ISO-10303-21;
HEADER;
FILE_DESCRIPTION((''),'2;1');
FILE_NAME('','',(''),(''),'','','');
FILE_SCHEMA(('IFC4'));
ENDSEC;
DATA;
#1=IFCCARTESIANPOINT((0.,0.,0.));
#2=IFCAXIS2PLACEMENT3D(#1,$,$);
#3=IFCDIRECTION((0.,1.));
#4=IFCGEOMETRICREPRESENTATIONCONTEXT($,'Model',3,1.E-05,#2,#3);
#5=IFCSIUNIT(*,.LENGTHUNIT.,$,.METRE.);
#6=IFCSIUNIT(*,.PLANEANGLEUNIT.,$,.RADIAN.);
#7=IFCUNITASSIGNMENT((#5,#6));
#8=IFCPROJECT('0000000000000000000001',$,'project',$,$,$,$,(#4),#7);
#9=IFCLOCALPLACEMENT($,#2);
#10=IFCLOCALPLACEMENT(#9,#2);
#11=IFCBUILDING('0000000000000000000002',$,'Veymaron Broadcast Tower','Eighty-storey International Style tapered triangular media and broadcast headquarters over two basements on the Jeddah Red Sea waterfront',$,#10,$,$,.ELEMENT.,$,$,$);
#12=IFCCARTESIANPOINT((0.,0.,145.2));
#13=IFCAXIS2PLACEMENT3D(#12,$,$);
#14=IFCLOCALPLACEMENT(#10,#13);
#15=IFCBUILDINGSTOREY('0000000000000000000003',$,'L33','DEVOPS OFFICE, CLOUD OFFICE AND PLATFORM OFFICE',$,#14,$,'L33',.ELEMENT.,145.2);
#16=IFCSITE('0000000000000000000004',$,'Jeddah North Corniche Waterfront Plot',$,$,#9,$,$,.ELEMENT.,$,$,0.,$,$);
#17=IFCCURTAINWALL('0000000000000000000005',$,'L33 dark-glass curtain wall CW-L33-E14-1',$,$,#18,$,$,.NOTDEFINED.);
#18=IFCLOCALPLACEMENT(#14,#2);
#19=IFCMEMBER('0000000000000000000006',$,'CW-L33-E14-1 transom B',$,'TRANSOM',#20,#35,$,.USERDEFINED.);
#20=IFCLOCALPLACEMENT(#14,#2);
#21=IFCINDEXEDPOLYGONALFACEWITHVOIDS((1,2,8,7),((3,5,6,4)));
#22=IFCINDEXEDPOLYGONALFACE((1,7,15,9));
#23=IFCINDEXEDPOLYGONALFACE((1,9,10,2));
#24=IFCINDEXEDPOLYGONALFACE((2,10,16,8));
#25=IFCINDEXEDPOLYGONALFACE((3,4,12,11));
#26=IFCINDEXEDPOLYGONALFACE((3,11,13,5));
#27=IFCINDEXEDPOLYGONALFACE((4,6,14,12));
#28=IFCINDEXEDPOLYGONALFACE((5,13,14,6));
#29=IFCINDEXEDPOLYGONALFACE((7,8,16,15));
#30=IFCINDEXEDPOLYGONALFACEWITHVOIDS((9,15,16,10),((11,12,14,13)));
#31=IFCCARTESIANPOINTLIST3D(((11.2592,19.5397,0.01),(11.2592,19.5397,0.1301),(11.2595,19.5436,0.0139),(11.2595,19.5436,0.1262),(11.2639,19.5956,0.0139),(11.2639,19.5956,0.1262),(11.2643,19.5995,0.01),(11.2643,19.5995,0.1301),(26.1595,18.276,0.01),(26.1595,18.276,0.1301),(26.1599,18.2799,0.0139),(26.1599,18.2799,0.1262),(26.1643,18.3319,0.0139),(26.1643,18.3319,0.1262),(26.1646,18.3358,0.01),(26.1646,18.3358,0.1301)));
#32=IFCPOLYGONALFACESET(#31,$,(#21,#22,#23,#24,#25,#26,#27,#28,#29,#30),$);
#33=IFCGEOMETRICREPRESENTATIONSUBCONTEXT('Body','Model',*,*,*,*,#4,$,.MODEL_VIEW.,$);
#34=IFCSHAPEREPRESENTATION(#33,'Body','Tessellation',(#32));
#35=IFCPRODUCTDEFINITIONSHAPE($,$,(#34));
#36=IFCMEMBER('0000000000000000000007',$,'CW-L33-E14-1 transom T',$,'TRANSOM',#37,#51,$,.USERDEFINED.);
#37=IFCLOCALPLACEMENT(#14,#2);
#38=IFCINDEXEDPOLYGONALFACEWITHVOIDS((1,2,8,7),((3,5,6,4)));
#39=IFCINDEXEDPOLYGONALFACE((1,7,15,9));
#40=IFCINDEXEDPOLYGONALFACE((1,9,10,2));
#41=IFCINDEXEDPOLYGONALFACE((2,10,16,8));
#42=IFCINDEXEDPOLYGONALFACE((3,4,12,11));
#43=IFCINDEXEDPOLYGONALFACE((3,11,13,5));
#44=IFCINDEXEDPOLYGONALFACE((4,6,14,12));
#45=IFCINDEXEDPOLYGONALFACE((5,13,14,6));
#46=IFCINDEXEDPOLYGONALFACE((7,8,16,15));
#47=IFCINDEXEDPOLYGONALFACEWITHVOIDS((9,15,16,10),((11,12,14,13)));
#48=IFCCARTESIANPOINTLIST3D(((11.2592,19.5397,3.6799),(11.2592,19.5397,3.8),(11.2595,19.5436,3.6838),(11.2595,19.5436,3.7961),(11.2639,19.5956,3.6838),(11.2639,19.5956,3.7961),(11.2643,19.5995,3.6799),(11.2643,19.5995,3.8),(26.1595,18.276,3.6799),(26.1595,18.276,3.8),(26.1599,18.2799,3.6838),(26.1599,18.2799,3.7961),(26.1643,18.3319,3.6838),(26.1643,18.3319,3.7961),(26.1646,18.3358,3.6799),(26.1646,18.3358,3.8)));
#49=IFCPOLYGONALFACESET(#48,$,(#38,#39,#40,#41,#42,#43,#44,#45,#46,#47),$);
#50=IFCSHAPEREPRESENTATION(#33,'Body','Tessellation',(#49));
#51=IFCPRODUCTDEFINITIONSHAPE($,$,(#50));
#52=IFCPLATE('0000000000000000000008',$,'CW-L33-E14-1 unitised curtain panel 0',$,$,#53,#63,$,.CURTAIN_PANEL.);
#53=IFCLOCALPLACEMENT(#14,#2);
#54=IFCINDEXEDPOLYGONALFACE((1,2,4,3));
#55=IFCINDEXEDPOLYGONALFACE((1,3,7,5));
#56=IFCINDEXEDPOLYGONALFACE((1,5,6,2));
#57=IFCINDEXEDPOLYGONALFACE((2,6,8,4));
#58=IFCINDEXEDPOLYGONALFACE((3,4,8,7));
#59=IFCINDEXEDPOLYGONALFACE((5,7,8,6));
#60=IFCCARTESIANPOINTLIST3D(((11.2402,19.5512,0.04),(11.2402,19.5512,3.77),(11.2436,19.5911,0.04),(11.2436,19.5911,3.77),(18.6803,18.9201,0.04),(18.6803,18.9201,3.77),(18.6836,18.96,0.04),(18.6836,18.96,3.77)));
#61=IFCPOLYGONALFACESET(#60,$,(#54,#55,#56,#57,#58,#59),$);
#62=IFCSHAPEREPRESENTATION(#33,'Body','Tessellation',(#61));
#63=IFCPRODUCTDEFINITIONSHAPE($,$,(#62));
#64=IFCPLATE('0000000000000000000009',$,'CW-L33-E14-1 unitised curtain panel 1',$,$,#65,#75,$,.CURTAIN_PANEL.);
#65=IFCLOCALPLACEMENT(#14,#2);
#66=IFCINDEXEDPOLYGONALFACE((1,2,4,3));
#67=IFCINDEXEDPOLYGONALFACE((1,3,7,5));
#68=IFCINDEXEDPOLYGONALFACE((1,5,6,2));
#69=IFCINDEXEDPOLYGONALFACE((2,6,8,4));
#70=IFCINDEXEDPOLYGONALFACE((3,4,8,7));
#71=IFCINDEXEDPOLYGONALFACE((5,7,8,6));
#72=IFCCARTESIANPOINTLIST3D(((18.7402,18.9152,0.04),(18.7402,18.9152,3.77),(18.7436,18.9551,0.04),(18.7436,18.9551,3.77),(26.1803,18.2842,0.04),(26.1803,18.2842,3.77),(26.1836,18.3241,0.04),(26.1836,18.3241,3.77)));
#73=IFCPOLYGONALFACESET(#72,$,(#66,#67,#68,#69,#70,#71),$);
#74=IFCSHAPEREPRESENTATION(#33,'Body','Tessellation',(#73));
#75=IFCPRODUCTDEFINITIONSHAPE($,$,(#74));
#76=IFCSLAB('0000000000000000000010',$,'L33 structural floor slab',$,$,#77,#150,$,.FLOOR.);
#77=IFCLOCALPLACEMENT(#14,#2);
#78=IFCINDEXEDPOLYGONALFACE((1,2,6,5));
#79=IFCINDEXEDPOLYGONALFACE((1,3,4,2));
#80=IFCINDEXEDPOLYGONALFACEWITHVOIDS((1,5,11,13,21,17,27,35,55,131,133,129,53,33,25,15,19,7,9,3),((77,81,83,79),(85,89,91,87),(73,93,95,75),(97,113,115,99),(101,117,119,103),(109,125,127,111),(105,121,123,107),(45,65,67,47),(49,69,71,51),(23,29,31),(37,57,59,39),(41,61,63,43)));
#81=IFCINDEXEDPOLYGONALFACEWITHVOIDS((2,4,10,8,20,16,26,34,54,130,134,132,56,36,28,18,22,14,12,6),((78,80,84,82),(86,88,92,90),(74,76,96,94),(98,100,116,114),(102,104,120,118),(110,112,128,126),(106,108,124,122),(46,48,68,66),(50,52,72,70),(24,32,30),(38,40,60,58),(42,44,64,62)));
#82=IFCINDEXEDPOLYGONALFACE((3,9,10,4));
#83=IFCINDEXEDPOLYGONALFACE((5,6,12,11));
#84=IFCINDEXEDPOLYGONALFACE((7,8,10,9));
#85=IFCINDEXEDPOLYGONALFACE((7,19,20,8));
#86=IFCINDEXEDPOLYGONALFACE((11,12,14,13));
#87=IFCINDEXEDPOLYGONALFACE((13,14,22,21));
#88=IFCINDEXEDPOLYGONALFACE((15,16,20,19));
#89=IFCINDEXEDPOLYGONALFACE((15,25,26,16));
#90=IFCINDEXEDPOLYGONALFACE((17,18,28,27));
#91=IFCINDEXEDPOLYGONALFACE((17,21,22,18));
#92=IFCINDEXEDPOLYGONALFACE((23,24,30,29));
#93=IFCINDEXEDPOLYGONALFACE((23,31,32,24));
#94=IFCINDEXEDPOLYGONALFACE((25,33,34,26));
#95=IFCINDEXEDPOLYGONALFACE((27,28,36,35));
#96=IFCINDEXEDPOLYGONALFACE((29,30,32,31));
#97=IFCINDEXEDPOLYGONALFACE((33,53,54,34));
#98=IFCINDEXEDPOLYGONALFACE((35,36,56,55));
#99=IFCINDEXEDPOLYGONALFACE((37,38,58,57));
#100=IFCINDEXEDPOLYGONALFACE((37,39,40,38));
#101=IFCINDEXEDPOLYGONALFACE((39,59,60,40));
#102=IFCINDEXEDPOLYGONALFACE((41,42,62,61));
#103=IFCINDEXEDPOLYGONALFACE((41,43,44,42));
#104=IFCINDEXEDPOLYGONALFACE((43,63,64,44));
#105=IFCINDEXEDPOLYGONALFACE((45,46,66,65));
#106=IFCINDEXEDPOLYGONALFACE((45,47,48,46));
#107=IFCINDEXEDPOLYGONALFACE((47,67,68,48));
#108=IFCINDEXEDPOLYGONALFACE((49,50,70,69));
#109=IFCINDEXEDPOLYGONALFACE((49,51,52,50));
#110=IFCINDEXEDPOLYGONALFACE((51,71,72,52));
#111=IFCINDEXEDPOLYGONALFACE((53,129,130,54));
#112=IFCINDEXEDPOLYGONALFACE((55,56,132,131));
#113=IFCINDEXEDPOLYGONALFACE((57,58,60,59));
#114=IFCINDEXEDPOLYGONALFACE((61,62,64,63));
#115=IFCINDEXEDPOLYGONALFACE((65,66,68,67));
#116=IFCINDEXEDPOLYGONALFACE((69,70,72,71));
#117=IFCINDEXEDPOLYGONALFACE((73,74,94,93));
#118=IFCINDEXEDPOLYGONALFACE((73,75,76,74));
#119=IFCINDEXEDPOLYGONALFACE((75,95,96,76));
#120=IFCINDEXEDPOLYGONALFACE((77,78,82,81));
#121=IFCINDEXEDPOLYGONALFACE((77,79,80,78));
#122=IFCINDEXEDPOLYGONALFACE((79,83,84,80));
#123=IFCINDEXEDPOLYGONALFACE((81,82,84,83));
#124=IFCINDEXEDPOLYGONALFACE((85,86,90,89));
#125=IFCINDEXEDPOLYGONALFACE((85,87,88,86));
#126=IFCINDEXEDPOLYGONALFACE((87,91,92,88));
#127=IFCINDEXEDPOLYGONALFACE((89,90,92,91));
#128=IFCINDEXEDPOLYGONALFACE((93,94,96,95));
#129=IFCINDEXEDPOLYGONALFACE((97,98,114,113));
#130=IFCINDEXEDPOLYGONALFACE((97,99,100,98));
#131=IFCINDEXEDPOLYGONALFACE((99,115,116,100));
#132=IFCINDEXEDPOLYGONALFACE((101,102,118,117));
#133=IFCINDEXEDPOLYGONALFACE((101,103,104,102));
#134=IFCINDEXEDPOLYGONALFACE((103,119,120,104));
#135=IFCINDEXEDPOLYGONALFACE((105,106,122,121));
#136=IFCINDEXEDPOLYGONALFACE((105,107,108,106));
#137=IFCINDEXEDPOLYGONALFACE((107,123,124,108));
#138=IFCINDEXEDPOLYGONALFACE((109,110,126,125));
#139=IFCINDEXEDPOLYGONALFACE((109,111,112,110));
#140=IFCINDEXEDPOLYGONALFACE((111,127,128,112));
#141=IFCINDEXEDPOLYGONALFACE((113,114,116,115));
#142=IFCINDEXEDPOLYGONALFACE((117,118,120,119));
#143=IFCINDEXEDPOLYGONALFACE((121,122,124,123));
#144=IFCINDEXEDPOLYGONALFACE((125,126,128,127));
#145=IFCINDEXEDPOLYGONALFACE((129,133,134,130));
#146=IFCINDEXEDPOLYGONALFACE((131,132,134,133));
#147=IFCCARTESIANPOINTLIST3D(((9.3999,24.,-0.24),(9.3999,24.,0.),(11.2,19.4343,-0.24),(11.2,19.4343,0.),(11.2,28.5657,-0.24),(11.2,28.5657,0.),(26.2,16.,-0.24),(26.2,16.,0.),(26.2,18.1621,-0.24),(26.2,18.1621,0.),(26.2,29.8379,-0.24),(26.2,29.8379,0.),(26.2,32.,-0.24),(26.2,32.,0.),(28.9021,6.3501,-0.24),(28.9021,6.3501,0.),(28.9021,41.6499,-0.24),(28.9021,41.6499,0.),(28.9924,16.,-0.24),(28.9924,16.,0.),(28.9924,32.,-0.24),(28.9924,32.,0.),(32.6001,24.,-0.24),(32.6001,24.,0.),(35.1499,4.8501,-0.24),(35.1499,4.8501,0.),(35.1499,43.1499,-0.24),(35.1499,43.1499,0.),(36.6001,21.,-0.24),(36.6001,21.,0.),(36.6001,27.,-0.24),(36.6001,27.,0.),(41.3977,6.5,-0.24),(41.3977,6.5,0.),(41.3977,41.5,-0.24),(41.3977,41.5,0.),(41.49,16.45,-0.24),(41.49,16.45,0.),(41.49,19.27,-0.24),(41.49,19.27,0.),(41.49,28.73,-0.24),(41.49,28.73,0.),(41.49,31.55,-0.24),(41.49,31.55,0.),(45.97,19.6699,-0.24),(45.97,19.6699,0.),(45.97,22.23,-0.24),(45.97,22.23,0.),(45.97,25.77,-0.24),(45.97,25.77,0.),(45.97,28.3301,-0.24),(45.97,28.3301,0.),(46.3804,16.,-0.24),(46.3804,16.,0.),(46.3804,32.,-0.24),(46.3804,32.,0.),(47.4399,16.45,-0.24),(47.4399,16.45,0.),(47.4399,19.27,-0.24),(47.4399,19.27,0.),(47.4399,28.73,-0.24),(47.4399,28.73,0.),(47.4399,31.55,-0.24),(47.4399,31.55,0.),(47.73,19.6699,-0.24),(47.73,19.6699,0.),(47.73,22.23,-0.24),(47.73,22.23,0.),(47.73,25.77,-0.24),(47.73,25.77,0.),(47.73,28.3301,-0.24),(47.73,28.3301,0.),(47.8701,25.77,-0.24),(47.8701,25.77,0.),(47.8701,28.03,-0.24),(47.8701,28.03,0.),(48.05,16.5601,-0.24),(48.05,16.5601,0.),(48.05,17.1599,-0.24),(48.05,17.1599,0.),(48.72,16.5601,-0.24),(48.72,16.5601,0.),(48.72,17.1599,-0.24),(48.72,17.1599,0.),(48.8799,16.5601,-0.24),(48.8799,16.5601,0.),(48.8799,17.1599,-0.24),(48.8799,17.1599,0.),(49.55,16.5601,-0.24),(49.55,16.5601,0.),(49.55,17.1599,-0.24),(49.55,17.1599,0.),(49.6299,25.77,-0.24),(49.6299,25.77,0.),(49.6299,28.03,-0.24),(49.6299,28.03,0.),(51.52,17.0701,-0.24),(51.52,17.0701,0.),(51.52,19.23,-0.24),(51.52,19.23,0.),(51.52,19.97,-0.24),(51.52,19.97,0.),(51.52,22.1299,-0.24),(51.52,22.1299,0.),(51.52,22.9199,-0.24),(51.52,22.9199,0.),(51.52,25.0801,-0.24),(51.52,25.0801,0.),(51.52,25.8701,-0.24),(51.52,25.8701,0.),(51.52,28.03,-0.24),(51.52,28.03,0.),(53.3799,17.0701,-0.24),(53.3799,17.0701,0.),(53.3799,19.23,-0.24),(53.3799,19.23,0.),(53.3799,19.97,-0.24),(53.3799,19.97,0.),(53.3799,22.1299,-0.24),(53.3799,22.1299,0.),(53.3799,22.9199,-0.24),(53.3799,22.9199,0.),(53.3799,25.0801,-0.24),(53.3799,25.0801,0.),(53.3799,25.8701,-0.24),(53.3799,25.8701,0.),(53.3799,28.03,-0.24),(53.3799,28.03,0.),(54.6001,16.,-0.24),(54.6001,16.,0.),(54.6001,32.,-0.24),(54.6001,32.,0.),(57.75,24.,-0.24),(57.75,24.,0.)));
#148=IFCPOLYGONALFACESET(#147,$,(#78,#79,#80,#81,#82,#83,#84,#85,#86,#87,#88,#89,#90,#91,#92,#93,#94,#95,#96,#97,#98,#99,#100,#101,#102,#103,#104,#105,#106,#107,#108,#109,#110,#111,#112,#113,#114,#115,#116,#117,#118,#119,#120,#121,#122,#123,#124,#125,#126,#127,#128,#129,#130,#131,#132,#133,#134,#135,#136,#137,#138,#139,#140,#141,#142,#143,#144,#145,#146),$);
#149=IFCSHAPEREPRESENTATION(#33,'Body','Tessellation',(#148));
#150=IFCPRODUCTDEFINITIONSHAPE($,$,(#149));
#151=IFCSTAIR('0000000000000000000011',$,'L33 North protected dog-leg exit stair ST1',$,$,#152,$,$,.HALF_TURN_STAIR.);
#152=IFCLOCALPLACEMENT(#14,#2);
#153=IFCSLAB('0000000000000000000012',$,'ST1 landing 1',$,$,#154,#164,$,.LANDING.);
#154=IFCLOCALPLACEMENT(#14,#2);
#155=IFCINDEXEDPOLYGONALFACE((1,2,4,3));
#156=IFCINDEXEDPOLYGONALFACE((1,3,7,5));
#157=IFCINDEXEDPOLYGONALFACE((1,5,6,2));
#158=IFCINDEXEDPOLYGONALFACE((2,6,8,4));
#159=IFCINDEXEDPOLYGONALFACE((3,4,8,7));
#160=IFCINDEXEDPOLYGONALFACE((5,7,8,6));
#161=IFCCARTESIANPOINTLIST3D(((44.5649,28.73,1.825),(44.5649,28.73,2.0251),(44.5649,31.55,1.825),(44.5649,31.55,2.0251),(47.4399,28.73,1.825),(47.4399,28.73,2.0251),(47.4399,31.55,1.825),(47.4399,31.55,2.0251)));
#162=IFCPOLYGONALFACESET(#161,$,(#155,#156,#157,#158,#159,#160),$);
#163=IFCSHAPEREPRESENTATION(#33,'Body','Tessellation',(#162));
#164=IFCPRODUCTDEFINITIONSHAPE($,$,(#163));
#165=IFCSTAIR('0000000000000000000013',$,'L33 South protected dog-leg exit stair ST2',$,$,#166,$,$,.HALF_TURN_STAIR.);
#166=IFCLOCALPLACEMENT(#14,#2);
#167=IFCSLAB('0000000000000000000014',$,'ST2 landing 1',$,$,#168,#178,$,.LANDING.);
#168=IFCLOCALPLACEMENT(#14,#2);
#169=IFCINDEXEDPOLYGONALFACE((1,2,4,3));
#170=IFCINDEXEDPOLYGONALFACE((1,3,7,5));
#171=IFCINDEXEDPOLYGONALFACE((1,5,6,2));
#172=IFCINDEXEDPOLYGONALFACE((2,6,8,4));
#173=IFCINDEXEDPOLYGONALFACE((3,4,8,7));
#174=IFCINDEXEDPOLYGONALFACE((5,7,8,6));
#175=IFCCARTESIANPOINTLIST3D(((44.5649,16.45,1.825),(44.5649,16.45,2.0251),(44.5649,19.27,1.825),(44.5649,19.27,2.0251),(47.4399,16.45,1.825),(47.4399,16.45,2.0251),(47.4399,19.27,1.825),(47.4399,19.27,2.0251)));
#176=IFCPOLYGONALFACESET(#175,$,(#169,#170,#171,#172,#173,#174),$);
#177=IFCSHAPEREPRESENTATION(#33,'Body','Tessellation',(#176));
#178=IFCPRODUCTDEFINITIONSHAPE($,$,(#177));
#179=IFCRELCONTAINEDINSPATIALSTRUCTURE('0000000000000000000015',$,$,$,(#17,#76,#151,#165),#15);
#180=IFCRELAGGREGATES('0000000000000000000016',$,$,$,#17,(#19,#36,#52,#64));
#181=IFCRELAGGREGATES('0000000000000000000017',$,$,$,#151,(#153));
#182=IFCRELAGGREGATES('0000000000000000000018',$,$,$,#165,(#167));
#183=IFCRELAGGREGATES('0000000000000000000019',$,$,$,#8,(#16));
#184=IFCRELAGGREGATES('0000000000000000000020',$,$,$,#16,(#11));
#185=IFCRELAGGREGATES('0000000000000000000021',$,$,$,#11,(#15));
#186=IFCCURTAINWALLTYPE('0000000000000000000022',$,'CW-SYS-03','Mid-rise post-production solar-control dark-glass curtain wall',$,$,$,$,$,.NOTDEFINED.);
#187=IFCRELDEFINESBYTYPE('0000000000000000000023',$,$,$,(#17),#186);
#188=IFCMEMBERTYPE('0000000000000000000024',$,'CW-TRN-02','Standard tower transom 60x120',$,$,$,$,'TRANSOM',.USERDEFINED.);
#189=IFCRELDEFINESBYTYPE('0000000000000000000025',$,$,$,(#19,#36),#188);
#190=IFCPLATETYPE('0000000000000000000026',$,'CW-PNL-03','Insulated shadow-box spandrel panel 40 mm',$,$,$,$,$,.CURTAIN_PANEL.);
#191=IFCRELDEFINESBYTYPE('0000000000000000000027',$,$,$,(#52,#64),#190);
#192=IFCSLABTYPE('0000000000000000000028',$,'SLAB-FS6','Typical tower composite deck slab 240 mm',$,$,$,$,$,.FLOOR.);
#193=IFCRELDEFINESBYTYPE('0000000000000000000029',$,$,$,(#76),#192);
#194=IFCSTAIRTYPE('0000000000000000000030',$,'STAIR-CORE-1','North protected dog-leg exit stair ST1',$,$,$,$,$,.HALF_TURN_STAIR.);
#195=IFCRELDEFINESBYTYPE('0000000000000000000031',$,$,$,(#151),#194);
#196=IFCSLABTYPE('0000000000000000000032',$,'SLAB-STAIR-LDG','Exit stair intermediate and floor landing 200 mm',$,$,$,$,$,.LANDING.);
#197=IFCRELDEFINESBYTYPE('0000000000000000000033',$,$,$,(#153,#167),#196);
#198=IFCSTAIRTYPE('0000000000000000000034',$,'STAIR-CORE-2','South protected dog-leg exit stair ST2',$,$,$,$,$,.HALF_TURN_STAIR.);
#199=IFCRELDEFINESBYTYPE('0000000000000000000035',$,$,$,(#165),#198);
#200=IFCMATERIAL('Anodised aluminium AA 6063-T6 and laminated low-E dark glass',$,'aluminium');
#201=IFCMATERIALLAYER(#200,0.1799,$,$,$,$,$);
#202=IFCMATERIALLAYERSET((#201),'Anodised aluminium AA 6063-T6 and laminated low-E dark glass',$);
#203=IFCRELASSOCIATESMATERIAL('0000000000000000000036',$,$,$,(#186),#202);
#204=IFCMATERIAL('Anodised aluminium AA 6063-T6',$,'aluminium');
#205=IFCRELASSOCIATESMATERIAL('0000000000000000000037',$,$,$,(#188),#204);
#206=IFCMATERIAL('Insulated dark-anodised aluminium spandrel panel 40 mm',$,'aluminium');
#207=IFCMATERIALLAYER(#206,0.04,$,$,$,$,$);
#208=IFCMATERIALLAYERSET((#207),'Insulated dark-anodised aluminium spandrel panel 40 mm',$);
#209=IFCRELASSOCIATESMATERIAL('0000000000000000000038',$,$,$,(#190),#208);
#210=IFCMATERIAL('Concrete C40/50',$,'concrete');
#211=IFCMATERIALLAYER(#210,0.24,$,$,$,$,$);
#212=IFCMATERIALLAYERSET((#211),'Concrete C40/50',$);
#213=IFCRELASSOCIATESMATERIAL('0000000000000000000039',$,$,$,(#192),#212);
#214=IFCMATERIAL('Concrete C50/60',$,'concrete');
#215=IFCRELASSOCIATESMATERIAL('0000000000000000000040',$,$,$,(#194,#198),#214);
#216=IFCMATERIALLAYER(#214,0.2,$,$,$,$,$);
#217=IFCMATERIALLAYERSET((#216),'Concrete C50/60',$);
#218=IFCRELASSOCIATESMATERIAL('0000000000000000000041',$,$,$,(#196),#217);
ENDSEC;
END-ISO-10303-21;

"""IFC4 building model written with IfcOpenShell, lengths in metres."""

from ifc_helpers import new_model, si_unit, direction, frame, origin, origin_2d, place, context, subcontext, project, spatial, polyline, rectangle, hollow_rectangle, outline, extrude, material, layer, layer_set, material_profile, profile_set, type_object, element, aggregate, save


model = new_model("IFC4")

# Units and contexts
model_context = context("Model", 3, precision=1e-05, world=origin(), true_north=direction((0.0, 1.0)))
body_context = subcontext(model_context, "Body", "Model", "MODEL_VIEW")
ifc_project = project(units=[si_unit("LENGTHUNIT", "METRE"), si_unit("PLANEANGLEUNIT", "RADIAN")], contexts=[model_context])

# Site, building, storey
site_placement = place(None, origin())
site = spatial("IfcSite", under=ifc_project, at=site_placement, Name="Jeddah North Corniche Waterfront Plot", CompositionType="ELEMENT", RefElevation=0.0)
building_placement = place(site_placement, origin())
building = spatial("IfcBuilding", under=site, at=building_placement, Name="Veymaron Broadcast Tower", Description="Eighty-storey International Style tapered triangular media and broadcast headquarters over two basements on the Jeddah Red Sea waterfront", CompositionType="ELEMENT")
storey_placement = place(building_placement, frame((0.0, 0.0, 145.2)))
storey = spatial("IfcBuildingStorey", under=building, at=storey_placement, Name="L33", Description="DEVOPS OFFICE, CLOUD OFFICE AND PLATFORM OFFICE", LongName="L33", CompositionType="ELEMENT", Elevation=145.2)

# Curtain wall, members, plates
ifc_material_1 = material(Name="Anodised aluminium AA 6063-T6 and laminated low-E dark glass", Category="aluminium")
ifc_layer_1 = layer(ifc_material_1, 0.1799)
ifc_layer_set_1 = layer_set([ifc_layer_1], Name="Anodised aluminium AA 6063-T6 and laminated low-E dark glass")
curtain_wall_type = type_object("IfcCurtainWallType", Name="CW-SYS-03", Description="Mid-rise post-production solar-control dark-glass curtain wall", PredefinedType="NOTDEFINED", material=ifc_layer_set_1)
curtain_wall_placement = place(storey_placement, origin())
curtain_wall = element("IfcCurtainWall", 1, at=curtain_wall_placement, inside=storey, type_object=curtain_wall_type, Name="L33 dark-glass curtain wall CW-L33-E14-1", PredefinedType="NOTDEFINED")
ifc_material_2 = material(Name="Anodised aluminium AA 6063-T6", Category="aluminium")
ifc_material_profile_1 = material_profile(ifc_material_2, hollow_rectangle(XDim=0.0601, YDim=0.1201, WallThickness=0.0039, at=origin_2d()), Name="AL120X60X4")
ifc_profile_set_1 = profile_set([ifc_material_profile_1], Name="Anodised aluminium AA 6063-T6")
member_type_1 = type_object("IfcMemberType", Name="CW-TRN-02", Description="Standard tower transom 60x120", ElementType="TRANSOM", PredefinedType="USERDEFINED", material=ifc_profile_set_1)
member_1_placement = place(storey_placement, frame((11.2617, 19.5696, 0.0701), z_axis=(0.996423, -0.084505, 0.0), x_axis=(0.084505, 0.996423, 0.0)))
member_1 = element("IfcMember", 2, at=member_1_placement, type_object=member_type_1, Name="CW-L33-E14-1 transom B", ObjectType="TRANSOM", PredefinedType="USERDEFINED", context=body_context, shape_type="SweptSolid", body=[
    extrude(hollow_rectangle(XDim=0.0601, YDim=0.1201, WallThickness=0.0039, at=origin_2d()), origin(), (0.0, 0.0, 1.0), 14.9539),
])
member_2_placement = place(storey_placement, frame((11.2617, 19.5696, 3.74), z_axis=(0.996423, -0.084505, 0.0), x_axis=(0.084505, 0.996423, 0.0)))
member_2 = element("IfcMember", 3, at=member_2_placement, type_object=member_type_1, Name="CW-L33-E14-1 transom T", ObjectType="TRANSOM", PredefinedType="USERDEFINED", context=body_context, shape_type="SweptSolid", body=[
    extrude(hollow_rectangle(XDim=0.0601, YDim=0.1201, WallThickness=0.0039, at=origin_2d()), origin(), (0.0, 0.0, 1.0), 14.9539),
])
ifc_material_3 = material(Name="Insulated dark-anodised aluminium spandrel panel 40 mm", Category="aluminium")
ifc_layer_2 = layer(ifc_material_3, 0.04)
ifc_layer_set_2 = layer_set([ifc_layer_2], Name="Insulated dark-anodised aluminium spandrel panel 40 mm")
plate_type = type_object("IfcPlateType", Name="CW-PNL-03", Description="Insulated shadow-box spandrel panel 40 mm", PredefinedType="CURTAIN_PANEL", material=ifc_layer_set_2)
plate_1_placement = place(storey_placement, frame((14.9619, 19.2556, 0.04), z_axis=(0.0, 0.0, 1.0), x_axis=(0.996422, -0.084513, 0.0)))
plate_1 = element("IfcPlate", 4, at=plate_1_placement, type_object=plate_type, Name="CW-L33-E14-1 unitised curtain panel 0", PredefinedType="CURTAIN_PANEL", context=body_context, shape_type="SweptSolid", body=[
    extrude(rectangle(XDim=7.4668, YDim=0.04, at=origin_2d()), origin(), (0.0, 0.0, 1.0), 3.73),
])
plate_2_placement = place(storey_placement, frame((22.4619, 18.6196, 0.04), z_axis=(0.0, 0.0, 1.0), x_axis=(0.996422, -0.084513, 0.0)))
plate_2 = element("IfcPlate", 5, at=plate_2_placement, type_object=plate_type, Name="CW-L33-E14-1 unitised curtain panel 1", PredefinedType="CURTAIN_PANEL", context=body_context, shape_type="SweptSolid", body=[
    extrude(rectangle(XDim=7.4668, YDim=0.04, at=origin_2d()), origin(), (0.0, 0.0, 1.0), 3.73),
])
aggregate(curtain_wall, [member_1, member_2, plate_1, plate_2])

# Slab
ifc_material_4 = material(Name="Concrete C40/50", Category="concrete")
ifc_layer_3 = layer(ifc_material_4, 0.24)
ifc_layer_set_3 = layer_set([ifc_layer_3], Name="Concrete C40/50")
slab_type_1 = type_object("IfcSlabType", Name="SLAB-FS6", Description="Typical tower composite deck slab 240 mm", PredefinedType="FLOOR", material=ifc_layer_set_3)
slab_1_placement = place(storey_placement, frame((0.0, 0.0, -0.24)))
element("IfcSlab", 6, at=slab_1_placement, inside=storey, type_object=slab_type_1, Name="L33 structural floor slab", PredefinedType="FLOOR", context=body_context, shape_type="SweptSolid", body=[
    extrude(outline(polyline([(46.3804, 16.0), (54.6001, 16.0), (57.75, 24.0), (54.6001, 32.0), (46.3804, 32.0), (41.3977, 41.5), (35.1499, 43.1499), (28.9021, 41.6499), (28.9924, 32.0), (26.2, 32.0), (26.2, 29.8379), (11.2, 28.5657), (9.3999, 24.0), (11.2, 19.4343), (26.2, 18.1621), (26.2, 16.0), (28.9924, 16.0), (28.9021, 6.3501), (35.1499, 4.8501), (41.3977, 6.5), (46.3804, 16.0)]), holes=[polyline([(45.97, 28.3301), (47.73, 28.3301), (47.73, 25.77), (45.97, 25.77), (45.97, 28.3301)]), polyline([(45.97, 22.23), (47.73, 22.23), (47.73, 19.6699), (45.97, 19.6699), (45.97, 22.23)]), polyline([(47.8701, 28.03), (49.6299, 28.03), (49.6299, 25.77), (47.8701, 25.77), (47.8701, 28.03)]), polyline([(51.52, 28.03), (53.3799, 28.03), (53.3799, 25.8701), (51.52, 25.8701), (51.52, 28.03)]), polyline([(51.52, 22.1299), (53.3799, 22.1299), (53.3799, 19.97), (51.52, 19.97), (51.52, 22.1299)]), polyline([(51.52, 25.0801), (53.3799, 25.0801), (53.3799, 22.9199), (51.52, 22.9199), (51.52, 25.0801)]), polyline([(51.52, 19.23), (53.3799, 19.23), (53.3799, 17.0701), (51.52, 17.0701), (51.52, 19.23)]), polyline([(48.05, 17.1599), (48.72, 17.1599), (48.72, 16.5601), (48.05, 16.5601), (48.05, 17.1599)]), polyline([(48.8799, 17.1599), (49.55, 17.1599), (49.55, 16.5601), (48.8799, 16.5601), (48.8799, 17.1599)]), polyline([(36.6001, 27.0), (36.6001, 21.0), (32.6001, 24.0), (36.6001, 27.0)]), polyline([(41.49, 31.55), (47.4399, 31.55), (47.4399, 28.73), (41.49, 28.73), (41.49, 31.55)]), polyline([(41.49, 19.27), (47.4399, 19.27), (47.4399, 16.45), (41.49, 16.45), (41.49, 19.27)])]), origin(), (0.0, 0.0, 1.0), 0.24),
])

# Stairs, slabs
ifc_material_5 = material(Name="Concrete C50/60", Category="concrete")
stair_type_1 = type_object("IfcStairType", Name="STAIR-CORE-1", Description="North protected dog-leg exit stair ST1", PredefinedType="HALF_TURN_STAIR", material=ifc_material_5)
stair_1_placement = place(storey_placement, origin())
stair_1 = element("IfcStair", 7, at=stair_1_placement, inside=storey, type_object=stair_type_1, Name="L33 North protected dog-leg exit stair ST1", PredefinedType="HALF_TURN_STAIR")
ifc_layer_4 = layer(ifc_material_5, 0.2)
ifc_layer_set_4 = layer_set([ifc_layer_4], Name="Concrete C50/60")
slab_type_2 = type_object("IfcSlabType", Name="SLAB-STAIR-LDG", Description="Exit stair intermediate and floor landing 200 mm", PredefinedType="LANDING", material=ifc_layer_set_4)
slab_2_placement = place(storey_placement, frame((0.0, 0.0, 1.825)))
slab_2 = element("IfcSlab", 8, at=slab_2_placement, type_object=slab_type_2, Name="ST1 landing 1", PredefinedType="LANDING", context=body_context, shape_type="SweptSolid", body=[
    extrude(outline(polyline([(44.5649, 28.73), (47.4399, 28.73), (47.4399, 31.55), (44.5649, 31.55), (44.5649, 28.73)])), origin(), (0.0, 0.0, 1.0), 0.2002),
])
aggregate(stair_1, [slab_2])
stair_type_2 = type_object("IfcStairType", Name="STAIR-CORE-2", Description="South protected dog-leg exit stair ST2", PredefinedType="HALF_TURN_STAIR", material=ifc_material_5)
stair_2_placement = place(storey_placement, origin())
stair_2 = element("IfcStair", 9, at=stair_2_placement, inside=storey, type_object=stair_type_2, Name="L33 South protected dog-leg exit stair ST2", PredefinedType="HALF_TURN_STAIR")
slab_3_placement = place(storey_placement, frame((0.0, 0.0, 1.825)))
slab_3 = element("IfcSlab", 10, at=slab_3_placement, type_object=slab_type_2, Name="ST2 landing 1", PredefinedType="LANDING", context=body_context, shape_type="SweptSolid", body=[
    extrude(outline(polyline([(44.5649, 16.45), (47.4399, 16.45), (47.4399, 19.27), (44.5649, 19.27), (44.5649, 16.45)])), origin(), (0.0, 0.0, 1.0), 0.2002),
])
aggregate(stair_2, [slab_3])

save(model, "model.ifc")
